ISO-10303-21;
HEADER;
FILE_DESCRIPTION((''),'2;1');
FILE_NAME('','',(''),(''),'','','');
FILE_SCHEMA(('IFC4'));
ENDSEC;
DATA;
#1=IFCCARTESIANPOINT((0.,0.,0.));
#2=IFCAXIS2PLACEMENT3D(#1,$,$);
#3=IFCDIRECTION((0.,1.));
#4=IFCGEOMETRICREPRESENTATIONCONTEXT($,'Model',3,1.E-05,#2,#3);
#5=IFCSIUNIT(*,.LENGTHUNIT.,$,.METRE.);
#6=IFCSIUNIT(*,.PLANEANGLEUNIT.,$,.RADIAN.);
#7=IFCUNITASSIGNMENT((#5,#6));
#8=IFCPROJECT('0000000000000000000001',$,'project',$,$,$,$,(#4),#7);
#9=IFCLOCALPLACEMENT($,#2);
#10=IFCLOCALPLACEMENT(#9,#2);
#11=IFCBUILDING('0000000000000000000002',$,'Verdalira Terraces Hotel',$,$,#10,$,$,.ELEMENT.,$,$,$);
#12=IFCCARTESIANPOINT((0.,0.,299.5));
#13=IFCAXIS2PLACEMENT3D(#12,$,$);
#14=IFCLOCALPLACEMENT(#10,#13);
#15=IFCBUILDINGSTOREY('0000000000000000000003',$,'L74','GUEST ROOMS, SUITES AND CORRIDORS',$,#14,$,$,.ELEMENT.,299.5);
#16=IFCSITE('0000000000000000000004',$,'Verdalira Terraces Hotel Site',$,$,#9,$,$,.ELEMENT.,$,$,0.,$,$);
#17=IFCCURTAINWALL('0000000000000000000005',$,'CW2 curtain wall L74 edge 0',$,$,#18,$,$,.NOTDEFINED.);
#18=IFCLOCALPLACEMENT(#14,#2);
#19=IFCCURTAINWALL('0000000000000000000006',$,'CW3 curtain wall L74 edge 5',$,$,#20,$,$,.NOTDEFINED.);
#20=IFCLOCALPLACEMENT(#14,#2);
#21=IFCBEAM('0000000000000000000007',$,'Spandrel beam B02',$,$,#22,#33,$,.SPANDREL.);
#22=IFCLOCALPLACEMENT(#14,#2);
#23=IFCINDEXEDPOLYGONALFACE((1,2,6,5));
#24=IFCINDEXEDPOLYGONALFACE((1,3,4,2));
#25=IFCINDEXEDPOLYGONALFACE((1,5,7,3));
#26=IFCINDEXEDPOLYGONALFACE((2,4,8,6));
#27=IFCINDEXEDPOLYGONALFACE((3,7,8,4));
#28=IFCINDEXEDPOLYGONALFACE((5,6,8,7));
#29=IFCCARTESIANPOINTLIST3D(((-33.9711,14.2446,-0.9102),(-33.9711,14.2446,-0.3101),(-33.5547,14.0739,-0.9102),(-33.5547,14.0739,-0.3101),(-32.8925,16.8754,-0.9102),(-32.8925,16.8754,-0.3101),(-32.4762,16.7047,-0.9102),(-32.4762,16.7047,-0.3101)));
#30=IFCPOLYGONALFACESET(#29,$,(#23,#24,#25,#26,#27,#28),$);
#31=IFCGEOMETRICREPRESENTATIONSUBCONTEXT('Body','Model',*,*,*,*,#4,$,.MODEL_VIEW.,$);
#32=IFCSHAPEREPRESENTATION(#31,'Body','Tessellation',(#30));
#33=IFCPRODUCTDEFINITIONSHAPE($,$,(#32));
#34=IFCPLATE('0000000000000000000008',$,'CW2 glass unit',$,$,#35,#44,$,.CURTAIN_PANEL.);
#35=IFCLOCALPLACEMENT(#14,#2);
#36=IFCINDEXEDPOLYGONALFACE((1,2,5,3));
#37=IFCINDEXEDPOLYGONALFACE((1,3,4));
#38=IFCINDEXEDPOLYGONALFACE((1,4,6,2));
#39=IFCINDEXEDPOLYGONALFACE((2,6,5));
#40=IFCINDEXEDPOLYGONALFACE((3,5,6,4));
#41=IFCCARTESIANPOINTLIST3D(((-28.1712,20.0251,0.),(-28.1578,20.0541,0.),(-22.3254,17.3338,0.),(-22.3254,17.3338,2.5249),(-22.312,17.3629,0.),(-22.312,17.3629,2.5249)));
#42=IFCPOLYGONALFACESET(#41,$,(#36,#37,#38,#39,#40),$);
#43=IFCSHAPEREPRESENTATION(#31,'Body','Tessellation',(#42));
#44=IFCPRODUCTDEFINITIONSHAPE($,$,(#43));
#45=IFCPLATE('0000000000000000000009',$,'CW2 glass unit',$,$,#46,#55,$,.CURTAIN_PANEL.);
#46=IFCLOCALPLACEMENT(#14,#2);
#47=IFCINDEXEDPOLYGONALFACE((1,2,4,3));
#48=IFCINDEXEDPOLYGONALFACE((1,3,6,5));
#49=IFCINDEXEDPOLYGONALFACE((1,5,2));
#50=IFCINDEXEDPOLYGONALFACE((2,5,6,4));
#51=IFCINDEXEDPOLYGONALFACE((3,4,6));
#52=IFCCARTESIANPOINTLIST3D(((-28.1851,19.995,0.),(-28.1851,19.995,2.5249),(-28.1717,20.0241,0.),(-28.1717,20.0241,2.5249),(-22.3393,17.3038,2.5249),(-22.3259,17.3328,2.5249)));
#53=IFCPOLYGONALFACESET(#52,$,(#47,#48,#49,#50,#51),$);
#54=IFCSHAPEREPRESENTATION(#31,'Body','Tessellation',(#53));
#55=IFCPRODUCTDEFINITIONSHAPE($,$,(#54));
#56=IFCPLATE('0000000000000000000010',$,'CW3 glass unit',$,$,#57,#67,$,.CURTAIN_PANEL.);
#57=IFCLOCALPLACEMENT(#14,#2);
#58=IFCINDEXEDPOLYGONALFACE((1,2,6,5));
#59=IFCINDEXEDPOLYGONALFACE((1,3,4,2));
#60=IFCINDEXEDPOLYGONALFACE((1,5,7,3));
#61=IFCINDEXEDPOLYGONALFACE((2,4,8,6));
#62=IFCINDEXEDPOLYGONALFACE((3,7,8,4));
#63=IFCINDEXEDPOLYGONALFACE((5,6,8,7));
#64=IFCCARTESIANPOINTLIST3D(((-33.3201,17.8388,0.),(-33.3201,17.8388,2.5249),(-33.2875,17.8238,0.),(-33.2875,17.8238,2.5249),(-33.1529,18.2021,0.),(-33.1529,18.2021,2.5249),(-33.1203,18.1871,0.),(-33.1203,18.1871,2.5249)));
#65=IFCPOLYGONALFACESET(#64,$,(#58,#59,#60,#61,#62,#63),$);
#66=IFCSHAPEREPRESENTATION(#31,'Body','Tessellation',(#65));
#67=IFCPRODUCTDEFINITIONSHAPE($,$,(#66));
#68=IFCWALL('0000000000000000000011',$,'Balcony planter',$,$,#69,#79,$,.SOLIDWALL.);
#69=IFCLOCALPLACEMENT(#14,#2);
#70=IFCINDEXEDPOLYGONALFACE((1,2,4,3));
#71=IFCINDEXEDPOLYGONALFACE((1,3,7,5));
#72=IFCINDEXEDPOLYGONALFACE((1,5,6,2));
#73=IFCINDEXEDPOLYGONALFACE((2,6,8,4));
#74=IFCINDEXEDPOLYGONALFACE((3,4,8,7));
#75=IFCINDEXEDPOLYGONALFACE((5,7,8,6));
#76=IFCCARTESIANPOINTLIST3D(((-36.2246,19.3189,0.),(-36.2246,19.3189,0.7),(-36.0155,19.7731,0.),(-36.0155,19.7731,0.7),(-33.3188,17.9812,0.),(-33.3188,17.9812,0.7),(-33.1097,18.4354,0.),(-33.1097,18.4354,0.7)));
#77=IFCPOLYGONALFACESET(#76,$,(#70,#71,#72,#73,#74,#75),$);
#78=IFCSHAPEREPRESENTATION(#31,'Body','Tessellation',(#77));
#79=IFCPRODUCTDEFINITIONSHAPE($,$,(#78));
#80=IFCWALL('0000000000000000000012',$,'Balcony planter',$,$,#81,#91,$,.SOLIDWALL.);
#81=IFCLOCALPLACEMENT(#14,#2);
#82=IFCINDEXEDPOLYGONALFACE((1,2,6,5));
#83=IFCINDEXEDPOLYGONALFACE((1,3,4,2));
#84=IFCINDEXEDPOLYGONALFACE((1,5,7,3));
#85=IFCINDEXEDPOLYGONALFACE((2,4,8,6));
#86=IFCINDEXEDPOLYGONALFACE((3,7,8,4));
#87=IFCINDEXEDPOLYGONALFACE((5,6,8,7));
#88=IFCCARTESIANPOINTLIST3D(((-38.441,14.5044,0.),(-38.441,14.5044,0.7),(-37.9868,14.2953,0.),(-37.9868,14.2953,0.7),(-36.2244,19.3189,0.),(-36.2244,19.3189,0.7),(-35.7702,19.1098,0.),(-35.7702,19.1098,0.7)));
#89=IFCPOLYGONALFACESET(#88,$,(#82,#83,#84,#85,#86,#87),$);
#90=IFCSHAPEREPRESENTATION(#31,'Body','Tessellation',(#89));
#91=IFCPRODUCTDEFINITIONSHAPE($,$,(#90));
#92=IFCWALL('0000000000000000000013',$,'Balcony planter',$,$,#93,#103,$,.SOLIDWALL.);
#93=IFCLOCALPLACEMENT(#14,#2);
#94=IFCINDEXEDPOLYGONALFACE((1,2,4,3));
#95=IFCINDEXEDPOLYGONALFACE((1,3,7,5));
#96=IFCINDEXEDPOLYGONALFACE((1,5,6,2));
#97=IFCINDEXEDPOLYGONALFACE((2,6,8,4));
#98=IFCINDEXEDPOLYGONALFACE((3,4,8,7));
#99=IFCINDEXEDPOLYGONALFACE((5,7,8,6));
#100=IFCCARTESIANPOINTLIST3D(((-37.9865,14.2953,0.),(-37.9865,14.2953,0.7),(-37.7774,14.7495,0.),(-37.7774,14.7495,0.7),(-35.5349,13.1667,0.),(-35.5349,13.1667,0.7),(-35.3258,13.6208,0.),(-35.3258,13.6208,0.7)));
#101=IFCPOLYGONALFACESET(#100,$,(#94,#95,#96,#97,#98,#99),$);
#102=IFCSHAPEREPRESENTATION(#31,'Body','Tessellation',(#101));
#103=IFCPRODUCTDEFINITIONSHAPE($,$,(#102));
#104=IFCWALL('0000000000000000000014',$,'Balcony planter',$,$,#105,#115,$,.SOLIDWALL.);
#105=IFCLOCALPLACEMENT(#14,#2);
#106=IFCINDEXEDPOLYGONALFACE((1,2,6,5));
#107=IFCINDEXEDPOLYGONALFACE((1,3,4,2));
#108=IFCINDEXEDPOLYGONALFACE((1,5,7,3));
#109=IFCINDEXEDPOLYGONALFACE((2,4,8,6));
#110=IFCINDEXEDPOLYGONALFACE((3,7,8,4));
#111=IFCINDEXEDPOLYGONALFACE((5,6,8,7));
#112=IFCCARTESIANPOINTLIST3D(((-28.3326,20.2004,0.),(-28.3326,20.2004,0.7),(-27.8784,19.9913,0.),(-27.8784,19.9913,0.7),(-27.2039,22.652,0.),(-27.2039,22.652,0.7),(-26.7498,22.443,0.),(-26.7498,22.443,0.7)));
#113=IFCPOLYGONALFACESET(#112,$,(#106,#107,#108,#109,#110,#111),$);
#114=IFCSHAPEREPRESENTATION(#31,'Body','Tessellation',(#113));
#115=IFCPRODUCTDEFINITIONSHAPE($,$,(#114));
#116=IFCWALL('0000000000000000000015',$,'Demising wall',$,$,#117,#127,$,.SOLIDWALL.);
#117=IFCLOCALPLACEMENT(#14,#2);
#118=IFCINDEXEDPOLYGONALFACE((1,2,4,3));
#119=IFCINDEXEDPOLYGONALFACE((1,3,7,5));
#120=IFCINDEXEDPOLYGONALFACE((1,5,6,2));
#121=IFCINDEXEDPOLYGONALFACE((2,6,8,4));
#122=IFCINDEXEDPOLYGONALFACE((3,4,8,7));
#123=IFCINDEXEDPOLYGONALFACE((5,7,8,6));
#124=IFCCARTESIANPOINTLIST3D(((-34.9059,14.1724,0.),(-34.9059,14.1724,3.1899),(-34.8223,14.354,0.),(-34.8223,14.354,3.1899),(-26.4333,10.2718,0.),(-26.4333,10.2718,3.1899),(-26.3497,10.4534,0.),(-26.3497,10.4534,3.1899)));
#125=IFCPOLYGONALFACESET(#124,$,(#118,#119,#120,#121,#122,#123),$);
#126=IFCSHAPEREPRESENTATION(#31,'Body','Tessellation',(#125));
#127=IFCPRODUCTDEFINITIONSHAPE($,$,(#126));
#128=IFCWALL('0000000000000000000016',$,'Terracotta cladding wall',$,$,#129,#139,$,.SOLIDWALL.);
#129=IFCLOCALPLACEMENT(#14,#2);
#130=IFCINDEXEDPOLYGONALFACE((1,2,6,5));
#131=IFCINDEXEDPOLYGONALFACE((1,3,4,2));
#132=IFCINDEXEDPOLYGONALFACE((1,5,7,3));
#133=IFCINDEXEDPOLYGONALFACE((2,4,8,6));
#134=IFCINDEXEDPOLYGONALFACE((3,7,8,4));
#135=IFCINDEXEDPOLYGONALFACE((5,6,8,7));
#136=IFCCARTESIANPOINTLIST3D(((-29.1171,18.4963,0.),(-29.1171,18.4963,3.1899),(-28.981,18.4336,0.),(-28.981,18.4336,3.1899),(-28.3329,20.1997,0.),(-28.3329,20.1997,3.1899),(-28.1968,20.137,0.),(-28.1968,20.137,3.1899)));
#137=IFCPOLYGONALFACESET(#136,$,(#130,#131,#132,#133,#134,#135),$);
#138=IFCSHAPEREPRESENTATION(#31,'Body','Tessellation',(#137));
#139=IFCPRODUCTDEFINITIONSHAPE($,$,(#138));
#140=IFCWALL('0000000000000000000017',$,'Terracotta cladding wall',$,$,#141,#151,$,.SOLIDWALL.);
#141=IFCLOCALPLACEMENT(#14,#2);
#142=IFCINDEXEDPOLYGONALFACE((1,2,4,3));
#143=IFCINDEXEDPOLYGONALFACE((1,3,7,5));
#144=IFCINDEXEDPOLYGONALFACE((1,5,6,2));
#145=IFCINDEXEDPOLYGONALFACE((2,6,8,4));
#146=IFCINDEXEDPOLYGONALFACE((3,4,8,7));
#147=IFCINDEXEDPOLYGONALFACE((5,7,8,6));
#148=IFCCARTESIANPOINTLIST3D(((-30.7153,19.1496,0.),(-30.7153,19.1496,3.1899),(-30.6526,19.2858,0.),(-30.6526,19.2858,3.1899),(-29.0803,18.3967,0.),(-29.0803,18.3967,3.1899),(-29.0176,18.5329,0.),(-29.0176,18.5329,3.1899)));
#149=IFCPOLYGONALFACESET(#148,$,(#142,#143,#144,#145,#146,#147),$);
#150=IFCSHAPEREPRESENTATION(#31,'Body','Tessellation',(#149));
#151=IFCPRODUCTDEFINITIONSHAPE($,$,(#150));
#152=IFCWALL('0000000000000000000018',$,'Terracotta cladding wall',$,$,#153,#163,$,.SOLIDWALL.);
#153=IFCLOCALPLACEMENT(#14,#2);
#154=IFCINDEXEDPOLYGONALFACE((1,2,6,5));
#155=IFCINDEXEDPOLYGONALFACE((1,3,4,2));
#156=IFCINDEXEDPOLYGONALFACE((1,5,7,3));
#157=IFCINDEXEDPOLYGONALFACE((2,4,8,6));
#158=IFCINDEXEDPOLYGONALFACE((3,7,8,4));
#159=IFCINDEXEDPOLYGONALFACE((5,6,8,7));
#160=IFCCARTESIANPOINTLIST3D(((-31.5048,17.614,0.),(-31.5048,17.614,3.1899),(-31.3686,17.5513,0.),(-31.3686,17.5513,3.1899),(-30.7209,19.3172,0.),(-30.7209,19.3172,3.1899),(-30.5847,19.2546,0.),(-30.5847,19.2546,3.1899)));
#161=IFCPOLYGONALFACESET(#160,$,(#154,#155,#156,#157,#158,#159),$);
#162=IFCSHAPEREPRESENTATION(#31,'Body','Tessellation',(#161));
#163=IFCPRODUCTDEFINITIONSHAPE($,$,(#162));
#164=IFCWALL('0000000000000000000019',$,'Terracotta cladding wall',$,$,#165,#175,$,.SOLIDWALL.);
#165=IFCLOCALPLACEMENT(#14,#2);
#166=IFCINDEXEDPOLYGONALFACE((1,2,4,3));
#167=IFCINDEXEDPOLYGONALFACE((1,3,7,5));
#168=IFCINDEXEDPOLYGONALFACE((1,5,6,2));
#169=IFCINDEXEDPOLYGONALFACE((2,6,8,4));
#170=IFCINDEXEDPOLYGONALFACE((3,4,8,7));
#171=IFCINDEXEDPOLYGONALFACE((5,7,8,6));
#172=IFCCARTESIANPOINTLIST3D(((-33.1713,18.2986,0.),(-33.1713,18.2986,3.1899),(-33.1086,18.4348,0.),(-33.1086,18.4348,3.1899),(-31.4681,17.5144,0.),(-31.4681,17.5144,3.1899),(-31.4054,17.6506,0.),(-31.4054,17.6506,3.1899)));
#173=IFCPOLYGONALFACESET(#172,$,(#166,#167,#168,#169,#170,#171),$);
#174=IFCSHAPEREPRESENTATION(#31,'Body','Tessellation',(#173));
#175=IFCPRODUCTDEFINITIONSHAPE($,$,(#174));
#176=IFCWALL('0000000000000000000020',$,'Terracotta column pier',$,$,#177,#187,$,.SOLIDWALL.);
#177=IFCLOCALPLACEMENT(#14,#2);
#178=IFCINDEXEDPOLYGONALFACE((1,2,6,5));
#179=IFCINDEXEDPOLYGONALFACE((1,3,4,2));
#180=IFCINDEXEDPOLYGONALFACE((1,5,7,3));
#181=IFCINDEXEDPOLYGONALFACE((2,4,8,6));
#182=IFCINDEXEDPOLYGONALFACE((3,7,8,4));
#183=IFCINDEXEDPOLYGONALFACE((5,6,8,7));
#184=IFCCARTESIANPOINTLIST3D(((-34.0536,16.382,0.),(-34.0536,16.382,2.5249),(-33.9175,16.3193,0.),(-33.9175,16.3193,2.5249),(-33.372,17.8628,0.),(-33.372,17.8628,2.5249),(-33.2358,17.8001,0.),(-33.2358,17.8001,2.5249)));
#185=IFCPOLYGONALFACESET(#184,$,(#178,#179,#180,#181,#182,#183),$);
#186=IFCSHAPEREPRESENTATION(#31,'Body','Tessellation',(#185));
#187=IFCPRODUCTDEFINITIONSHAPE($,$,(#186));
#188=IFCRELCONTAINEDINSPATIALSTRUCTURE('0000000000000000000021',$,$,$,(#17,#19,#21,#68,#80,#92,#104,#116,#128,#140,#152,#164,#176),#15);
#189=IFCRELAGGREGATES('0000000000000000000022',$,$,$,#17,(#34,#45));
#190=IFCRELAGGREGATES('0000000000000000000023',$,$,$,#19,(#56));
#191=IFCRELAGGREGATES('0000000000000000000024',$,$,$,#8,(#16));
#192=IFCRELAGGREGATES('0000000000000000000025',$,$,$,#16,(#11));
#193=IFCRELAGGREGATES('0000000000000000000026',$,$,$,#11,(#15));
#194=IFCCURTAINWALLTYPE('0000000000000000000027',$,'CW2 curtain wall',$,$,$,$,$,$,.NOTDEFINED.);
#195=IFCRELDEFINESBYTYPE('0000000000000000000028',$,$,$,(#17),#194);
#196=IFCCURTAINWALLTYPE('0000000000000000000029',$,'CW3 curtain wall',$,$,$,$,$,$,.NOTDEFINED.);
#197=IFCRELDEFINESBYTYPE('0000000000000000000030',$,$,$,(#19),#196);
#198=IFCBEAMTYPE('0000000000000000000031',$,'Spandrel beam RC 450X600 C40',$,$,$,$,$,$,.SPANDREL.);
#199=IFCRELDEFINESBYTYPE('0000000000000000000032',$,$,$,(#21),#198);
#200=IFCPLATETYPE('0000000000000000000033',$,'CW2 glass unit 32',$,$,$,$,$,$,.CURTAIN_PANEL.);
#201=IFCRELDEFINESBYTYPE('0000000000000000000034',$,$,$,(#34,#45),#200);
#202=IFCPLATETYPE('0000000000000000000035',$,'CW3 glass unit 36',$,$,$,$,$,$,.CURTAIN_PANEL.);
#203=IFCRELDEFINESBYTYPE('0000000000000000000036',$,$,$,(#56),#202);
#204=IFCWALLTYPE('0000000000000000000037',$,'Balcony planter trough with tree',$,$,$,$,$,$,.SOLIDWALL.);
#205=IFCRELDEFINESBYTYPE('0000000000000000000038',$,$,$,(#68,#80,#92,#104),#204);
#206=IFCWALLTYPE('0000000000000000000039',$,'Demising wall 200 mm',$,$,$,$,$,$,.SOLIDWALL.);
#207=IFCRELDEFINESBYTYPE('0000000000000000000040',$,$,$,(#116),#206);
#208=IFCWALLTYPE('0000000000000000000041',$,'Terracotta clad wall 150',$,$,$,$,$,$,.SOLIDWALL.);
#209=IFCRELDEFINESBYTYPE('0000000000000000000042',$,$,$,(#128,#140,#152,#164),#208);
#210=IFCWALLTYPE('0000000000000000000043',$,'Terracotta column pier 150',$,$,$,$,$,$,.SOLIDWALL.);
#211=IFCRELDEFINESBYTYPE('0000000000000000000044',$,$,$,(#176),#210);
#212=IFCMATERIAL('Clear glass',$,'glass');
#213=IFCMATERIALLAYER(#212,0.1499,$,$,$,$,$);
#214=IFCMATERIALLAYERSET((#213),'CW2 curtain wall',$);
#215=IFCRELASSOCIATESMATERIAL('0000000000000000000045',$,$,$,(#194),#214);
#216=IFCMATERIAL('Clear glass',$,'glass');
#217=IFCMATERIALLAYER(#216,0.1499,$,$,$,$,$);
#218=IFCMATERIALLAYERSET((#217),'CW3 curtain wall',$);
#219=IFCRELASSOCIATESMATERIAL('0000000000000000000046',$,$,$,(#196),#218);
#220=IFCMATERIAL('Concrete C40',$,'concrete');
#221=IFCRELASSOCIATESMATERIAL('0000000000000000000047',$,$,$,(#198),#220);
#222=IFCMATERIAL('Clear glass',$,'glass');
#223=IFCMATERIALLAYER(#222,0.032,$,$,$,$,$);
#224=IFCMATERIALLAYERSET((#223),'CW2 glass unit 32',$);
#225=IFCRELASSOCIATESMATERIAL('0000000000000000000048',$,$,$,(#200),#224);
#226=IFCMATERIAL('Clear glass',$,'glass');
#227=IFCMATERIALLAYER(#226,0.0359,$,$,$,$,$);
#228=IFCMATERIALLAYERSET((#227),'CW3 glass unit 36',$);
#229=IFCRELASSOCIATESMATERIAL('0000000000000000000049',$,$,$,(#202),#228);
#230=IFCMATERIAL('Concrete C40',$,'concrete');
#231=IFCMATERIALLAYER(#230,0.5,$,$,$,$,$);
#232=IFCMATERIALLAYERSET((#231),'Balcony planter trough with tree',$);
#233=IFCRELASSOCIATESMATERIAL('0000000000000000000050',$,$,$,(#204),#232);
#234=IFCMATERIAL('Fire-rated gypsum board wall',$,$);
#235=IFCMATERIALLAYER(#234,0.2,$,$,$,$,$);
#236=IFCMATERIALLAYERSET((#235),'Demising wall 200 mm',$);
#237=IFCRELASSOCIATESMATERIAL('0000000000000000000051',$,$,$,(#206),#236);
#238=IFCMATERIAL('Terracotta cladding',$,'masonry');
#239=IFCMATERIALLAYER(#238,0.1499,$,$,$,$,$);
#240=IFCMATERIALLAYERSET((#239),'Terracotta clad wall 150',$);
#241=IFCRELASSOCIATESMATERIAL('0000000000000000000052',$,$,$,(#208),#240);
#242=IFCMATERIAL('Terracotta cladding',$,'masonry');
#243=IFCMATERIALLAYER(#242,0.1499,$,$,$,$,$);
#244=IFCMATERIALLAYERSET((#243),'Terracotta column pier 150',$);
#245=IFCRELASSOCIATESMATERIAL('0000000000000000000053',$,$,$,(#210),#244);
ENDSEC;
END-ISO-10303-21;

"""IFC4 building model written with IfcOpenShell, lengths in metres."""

from ifc_helpers import new_model, si_unit, direction, frame, frame_2d, origin, origin_2d, place, context, subcontext, project, spatial, polyline, rectangle, outline, extrude, material, layer, layer_set, material_profile, profile_set, type_object, element, aggregate, save


model = new_model("IFC4")

# Units and contexts
model_context = context("Model", 3, precision=1e-05, world=origin(), true_north=direction((0.0, 1.0)))
body_context = subcontext(model_context, "Body", "Model", "MODEL_VIEW")
ifc_project = project(units=[si_unit("LENGTHUNIT", "METRE"), si_unit("PLANEANGLEUNIT", "RADIAN")], contexts=[model_context])

# Site, building, storey
site_placement = place(None, origin())
site = spatial("IfcSite", under=ifc_project, at=site_placement, Name="Verdalira Terraces Hotel Site", CompositionType="ELEMENT", RefElevation=0.0)
building_placement = place(site_placement, origin())
building = spatial("IfcBuilding", under=site, at=building_placement, Name="Verdalira Terraces Hotel", CompositionType="ELEMENT")
storey_placement = place(building_placement, frame((0.0, 0.0, 299.5)))
storey = spatial("IfcBuildingStorey", under=building, at=storey_placement, Name="L74", Description="GUEST ROOMS, SUITES AND CORRIDORS", CompositionType="ELEMENT", Elevation=299.5)

# Curtain wall
ifc_material_1 = material(Name="Clear glass", Category="glass")
ifc_layer_1 = layer(ifc_material_1, 0.1499)
ifc_layer_set_1 = layer_set([ifc_layer_1], Name="CW2 curtain wall")
curtain_wall_type_1 = type_object("IfcCurtainWallType", Name="CW2 curtain wall", PredefinedType="NOTDEFINED", material=ifc_layer_set_1)
curtain_wall_1_placement = place(storey_placement, origin())
curtain_wall_1 = element("IfcCurtainWall", 1, at=curtain_wall_1_placement, inside=storey, type_object=curtain_wall_type_1, Name="CW2 curtain wall L74 edge 0", PredefinedType="NOTDEFINED")

# Curtain wall
ifc_material_2 = material(Name="Clear glass", Category="glass")
ifc_layer_2 = layer(ifc_material_2, 0.1499)
ifc_layer_set_2 = layer_set([ifc_layer_2], Name="CW3 curtain wall")
curtain_wall_type_2 = type_object("IfcCurtainWallType", Name="CW3 curtain wall", PredefinedType="NOTDEFINED", material=ifc_layer_set_2)
curtain_wall_2_placement = place(storey_placement, origin())
curtain_wall_2 = element("IfcCurtainWall", 2, at=curtain_wall_2_placement, inside=storey, type_object=curtain_wall_type_2, Name="CW3 curtain wall L74 edge 5", PredefinedType="NOTDEFINED")

# Beam
ifc_material_3 = material(Name="Concrete C40", Category="concrete")
ifc_material_profile_1 = material_profile(ifc_material_3, rectangle(XDim=0.45, YDim=0.6001, at=origin_2d()), Name="RC 450X600")
ifc_profile_set_1 = profile_set([ifc_material_profile_1], Name="Concrete C40")
beam_type_1 = type_object("IfcBeamType", Name="Spandrel beam RC 450X600 C40", PredefinedType="SPANDREL", material=ifc_profile_set_1)
beam_1_placement = place(storey_placement, frame((-32.6843, 16.79, -0.6101), z_axis=(-0.379342, -0.925257, 0.0), x_axis=(0.925257, -0.379342, 0.0)))
element("IfcBeam", 3, at=beam_1_placement, inside=storey, type_object=beam_type_1, Name="Spandrel beam B02", PredefinedType="SPANDREL", context=body_context, shape_type="SweptSolid", body=[
    extrude(rectangle(XDim=0.45, YDim=0.6001, at=origin_2d()), origin(), (0.0, 0.0, 1.0), 2.8433),
])

# Plates
ifc_material_4 = material(Name="Clear glass", Category="glass")
ifc_layer_3 = layer(ifc_material_4, 0.032)
ifc_layer_set_3 = layer_set([ifc_layer_3], Name="CW2 glass unit 32")
plate_type_1 = type_object("IfcPlateType", Name="CW2 glass unit 32", PredefinedType="CURTAIN_PANEL", material=ifc_layer_set_3)
plate_1_placement = place(storey_placement, frame((-25.2483, 18.6794, 1.2625), z_axis=(0.418184, 0.908362, 0.0), x_axis=(-0.908362, 0.418184, 0.0)))
plate_1 = element("IfcPlate", 4, at=plate_1_placement, type_object=plate_type_1, Name="CW2 glass unit", PredefinedType="CURTAIN_PANEL", context=body_context, shape_type="SweptSolid", body=[
    extrude(outline(polyline([(-3.2178, -1.2625), (3.2178, -1.2625), (-3.2178, 1.2625), (-3.2178, -1.2625)])), origin(), (0.0, 0.0, 1.0), 0.032),
])
plate_2_placement = place(storey_placement, frame((-25.2622, 18.6494, 1.2625), z_axis=(0.418184, 0.908362, 0.0), x_axis=(-0.908362, 0.418184, 0.0)))
plate_2 = element("IfcPlate", 5, at=plate_2_placement, type_object=plate_type_1, Name="CW2 glass unit", PredefinedType="CURTAIN_PANEL", context=body_context, shape_type="SweptSolid", body=[
    extrude(outline(polyline([(3.2178, -1.2625), (3.2178, 1.2625), (-3.2178, 1.2625), (3.2178, -1.2625)])), origin(), (0.0, 0.0, 1.0), 0.032),
])
aggregate(curtain_wall_1, [plate_1, plate_2])
ifc_material_5 = material(Name="Clear glass", Category="glass")
ifc_layer_4 = layer(ifc_material_5, 0.0359)
ifc_layer_set_4 = layer_set([ifc_layer_4], Name="CW3 glass unit 36")
plate_type_2 = type_object("IfcPlateType", Name="CW3 glass unit 36", PredefinedType="CURTAIN_PANEL", material=ifc_layer_set_4)
plate_3_placement = place(storey_placement, frame((-33.2202, 18.0129, 0.0), z_axis=(0.0, 0.0, 1.0), x_axis=(-0.418184, -0.908362, 0.0)))
plate_3 = element("IfcPlate", 6, at=plate_3_placement, type_object=plate_type_2, Name="CW3 glass unit", PredefinedType="CURTAIN_PANEL", context=body_context, shape_type="SweptSolid", body=[
    extrude(rectangle(XDim=0.3999, YDim=0.0359, at=origin_2d()), origin(), (0.0, 0.0, 1.0), 2.5249),
])
aggregate(curtain_wall_2, [plate_3])

# Walls
ifc_material_6 = material(Name="Concrete C40", Category="concrete")
ifc_layer_5 = layer(ifc_material_6, 0.5)
ifc_layer_set_5 = layer_set([ifc_layer_5], Name="Balcony planter trough with tree")
wall_type_1 = type_object("IfcWallType", Name="Balcony planter trough with tree", PredefinedType="SOLIDWALL", material=ifc_layer_set_5)
wall_1_placement = place(storey_placement, frame((-33.2141, 18.2083, 0.0), z_axis=(0.0, 0.0, 1.0), x_axis=(-0.908372, 0.418163, 0.0)))
element("IfcWall", 7, at=wall_1_placement, inside=storey, type_object=wall_type_1, Name="Balcony planter", PredefinedType="SOLIDWALL", context=body_context, shape_type="SweptSolid", body=[
    extrude(rectangle(XDim=3.199, YDim=0.5, at=frame_2d((1.5996, 0.0))), origin(), (0.0, 0.0, 1.0), 0.7),
])
wall_2_placement = place(storey_placement, frame((-35.9973, 19.2144, 0.0), z_axis=(0.0, 0.0, 1.0), x_axis=(-0.418202, -0.908354, 0.0)))
element("IfcWall", 8, at=wall_2_placement, inside=storey, type_object=wall_type_1, Name="Balcony planter", PredefinedType="SOLIDWALL", context=body_context, shape_type="SweptSolid", body=[
    extrude(rectangle(XDim=5.3003, YDim=0.5, at=frame_2d((2.6501, 0.0))), origin(), (0.0, 0.0, 1.0), 0.7),
])
for number, where, z_axis, x_axis, name in (
    (9, (-37.8821, 14.5225, 0.0), (0.0, 0.0, 1.0), (0.908364, -0.41818, 0.0), "Balcony planter"),
    (10, (-26.9768, 22.5476, 0.0), (0.0, 0.0, 1.0), (-0.41818, -0.908364, 0.0), "Balcony planter"),
):
    element("IfcWall", number, at=place(storey_placement, frame(where, z_axis=z_axis, x_axis=x_axis)), inside=storey, type_object=wall_type_1, Name=name, PredefinedType="SOLIDWALL", context=body_context, shape_type="SweptSolid", body=[
        extrude(rectangle(XDim=2.699, YDim=0.5, at=frame_2d((1.3496, 0.0))), origin(), (0.0, 0.0, 1.0), 0.7),
    ])
ifc_material_7 = material(Name="Fire-rated gypsum board wall")
ifc_layer_6 = layer(ifc_material_7, 0.2)
ifc_layer_set_6 = layer_set([ifc_layer_6], Name="Demising wall 200 mm")
wall_type_2 = type_object("IfcWallType", Name="Demising wall 200 mm", PredefinedType="SOLIDWALL", material=ifc_layer_set_6)
wall_3_placement = place(storey_placement, frame((-34.864, 14.2632, 0.0), z_axis=(0.0, 0.0, 1.0), x_axis=(0.90836, -0.41819, 0.0)))
element("IfcWall", 11, at=wall_3_placement, inside=storey, type_object=wall_type_2, Name="Demising wall", PredefinedType="SOLIDWALL", context=body_context, shape_type="SweptSolid", body=[
    extrude(rectangle(XDim=9.3274, YDim=0.2, at=frame_2d((4.6636, 0.0))), origin(), (0.0, 0.0, 1.0), 3.1899),
])
ifc_material_8 = material(Name="Terracotta cladding", Category="masonry")
ifc_layer_7 = layer(ifc_material_8, 0.1499)
ifc_layer_set_7 = layer_set([ifc_layer_7], Name="Terracotta clad wall 150")
wall_type_3 = type_object("IfcWallType", Name="Terracotta clad wall 150", PredefinedType="SOLIDWALL", material=ifc_layer_set_7)
wall_4_placement = place(storey_placement, frame((-28.2649, 20.1682, 0.0), z_axis=(0.0, 0.0, 1.0), x_axis=(-0.418183, -0.908363, 0.0)))
element("IfcWall", 12, at=wall_4_placement, inside=storey, type_object=wall_type_3, Name="Terracotta cladding wall", PredefinedType="SOLIDWALL", context=body_context, shape_type="SweptSolid", body=[
    extrude(rectangle(XDim=1.8752, YDim=0.1499, at=frame_2d((0.9375, 0.0))), origin(), (0.0, 0.0, 1.0), 3.1899),
])
wall_5_placement = place(storey_placement, frame((-29.0491, 18.4648, 0.0), z_axis=(0.0, 0.0, 1.0), x_axis=(-0.908316, 0.418284, 0.0)))
element("IfcWall", 13, at=wall_5_placement, inside=storey, type_object=wall_type_3, Name="Terracotta cladding wall", PredefinedType="SOLIDWALL", context=body_context, shape_type="SweptSolid", body=[
    extrude(rectangle(XDim=1.8, YDim=0.1499, at=frame_2d((0.8999, 0.0))), origin(), (0.0, 0.0, 1.0), 3.1899),
])
for number, where, z_axis, x_axis, name in (
    (14, (-30.6528, 19.2859, 0.0), (0.0, 0.0, 1.0), (-0.418075, -0.908412, 0.0), "Terracotta cladding wall"),
    (15, (-31.4368, 17.5825, 0.0), (0.0, 0.0, 1.0), (-0.90834, 0.418232, 0.0), "Terracotta cladding wall"),
):
    element("IfcWall", number, at=place(storey_placement, frame(where, z_axis=z_axis, x_axis=x_axis)), inside=storey, type_object=wall_type_3, Name=name, PredefinedType="SOLIDWALL", context=body_context, shape_type="SweptSolid", body=[
        extrude(rectangle(XDim=1.875, YDim=0.1499, at=frame_2d((0.9375, 0.0))), origin(), (0.0, 0.0, 1.0), 3.1899),
    ])
ifc_material_9 = material(Name="Terracotta cladding", Category="masonry")
ifc_layer_8 = layer(ifc_material_9, 0.1499)
ifc_layer_set_8 = layer_set([ifc_layer_8], Name="Terracotta column pier 150")
wall_type_4 = type_object("IfcWallType", Name="Terracotta column pier 150", PredefinedType="SOLIDWALL", material=ifc_layer_set_8)
wall_6_placement = place(storey_placement, frame((-33.304, 17.8313, 0.0), z_axis=(0.0, 0.0, 1.0), x_axis=(-0.418165, -0.908371, 0.0)))
element("IfcWall", 16, at=wall_6_placement, inside=storey, type_object=wall_type_4, Name="Terracotta column pier", PredefinedType="SOLIDWALL", context=body_context, shape_type="SweptSolid", body=[
    extrude(rectangle(XDim=1.6301, YDim=0.1499, at=frame_2d((0.8149, 0.0))), origin(), (0.0, 0.0, 1.0), 2.5249),
])

save(model, "model.ifc")
